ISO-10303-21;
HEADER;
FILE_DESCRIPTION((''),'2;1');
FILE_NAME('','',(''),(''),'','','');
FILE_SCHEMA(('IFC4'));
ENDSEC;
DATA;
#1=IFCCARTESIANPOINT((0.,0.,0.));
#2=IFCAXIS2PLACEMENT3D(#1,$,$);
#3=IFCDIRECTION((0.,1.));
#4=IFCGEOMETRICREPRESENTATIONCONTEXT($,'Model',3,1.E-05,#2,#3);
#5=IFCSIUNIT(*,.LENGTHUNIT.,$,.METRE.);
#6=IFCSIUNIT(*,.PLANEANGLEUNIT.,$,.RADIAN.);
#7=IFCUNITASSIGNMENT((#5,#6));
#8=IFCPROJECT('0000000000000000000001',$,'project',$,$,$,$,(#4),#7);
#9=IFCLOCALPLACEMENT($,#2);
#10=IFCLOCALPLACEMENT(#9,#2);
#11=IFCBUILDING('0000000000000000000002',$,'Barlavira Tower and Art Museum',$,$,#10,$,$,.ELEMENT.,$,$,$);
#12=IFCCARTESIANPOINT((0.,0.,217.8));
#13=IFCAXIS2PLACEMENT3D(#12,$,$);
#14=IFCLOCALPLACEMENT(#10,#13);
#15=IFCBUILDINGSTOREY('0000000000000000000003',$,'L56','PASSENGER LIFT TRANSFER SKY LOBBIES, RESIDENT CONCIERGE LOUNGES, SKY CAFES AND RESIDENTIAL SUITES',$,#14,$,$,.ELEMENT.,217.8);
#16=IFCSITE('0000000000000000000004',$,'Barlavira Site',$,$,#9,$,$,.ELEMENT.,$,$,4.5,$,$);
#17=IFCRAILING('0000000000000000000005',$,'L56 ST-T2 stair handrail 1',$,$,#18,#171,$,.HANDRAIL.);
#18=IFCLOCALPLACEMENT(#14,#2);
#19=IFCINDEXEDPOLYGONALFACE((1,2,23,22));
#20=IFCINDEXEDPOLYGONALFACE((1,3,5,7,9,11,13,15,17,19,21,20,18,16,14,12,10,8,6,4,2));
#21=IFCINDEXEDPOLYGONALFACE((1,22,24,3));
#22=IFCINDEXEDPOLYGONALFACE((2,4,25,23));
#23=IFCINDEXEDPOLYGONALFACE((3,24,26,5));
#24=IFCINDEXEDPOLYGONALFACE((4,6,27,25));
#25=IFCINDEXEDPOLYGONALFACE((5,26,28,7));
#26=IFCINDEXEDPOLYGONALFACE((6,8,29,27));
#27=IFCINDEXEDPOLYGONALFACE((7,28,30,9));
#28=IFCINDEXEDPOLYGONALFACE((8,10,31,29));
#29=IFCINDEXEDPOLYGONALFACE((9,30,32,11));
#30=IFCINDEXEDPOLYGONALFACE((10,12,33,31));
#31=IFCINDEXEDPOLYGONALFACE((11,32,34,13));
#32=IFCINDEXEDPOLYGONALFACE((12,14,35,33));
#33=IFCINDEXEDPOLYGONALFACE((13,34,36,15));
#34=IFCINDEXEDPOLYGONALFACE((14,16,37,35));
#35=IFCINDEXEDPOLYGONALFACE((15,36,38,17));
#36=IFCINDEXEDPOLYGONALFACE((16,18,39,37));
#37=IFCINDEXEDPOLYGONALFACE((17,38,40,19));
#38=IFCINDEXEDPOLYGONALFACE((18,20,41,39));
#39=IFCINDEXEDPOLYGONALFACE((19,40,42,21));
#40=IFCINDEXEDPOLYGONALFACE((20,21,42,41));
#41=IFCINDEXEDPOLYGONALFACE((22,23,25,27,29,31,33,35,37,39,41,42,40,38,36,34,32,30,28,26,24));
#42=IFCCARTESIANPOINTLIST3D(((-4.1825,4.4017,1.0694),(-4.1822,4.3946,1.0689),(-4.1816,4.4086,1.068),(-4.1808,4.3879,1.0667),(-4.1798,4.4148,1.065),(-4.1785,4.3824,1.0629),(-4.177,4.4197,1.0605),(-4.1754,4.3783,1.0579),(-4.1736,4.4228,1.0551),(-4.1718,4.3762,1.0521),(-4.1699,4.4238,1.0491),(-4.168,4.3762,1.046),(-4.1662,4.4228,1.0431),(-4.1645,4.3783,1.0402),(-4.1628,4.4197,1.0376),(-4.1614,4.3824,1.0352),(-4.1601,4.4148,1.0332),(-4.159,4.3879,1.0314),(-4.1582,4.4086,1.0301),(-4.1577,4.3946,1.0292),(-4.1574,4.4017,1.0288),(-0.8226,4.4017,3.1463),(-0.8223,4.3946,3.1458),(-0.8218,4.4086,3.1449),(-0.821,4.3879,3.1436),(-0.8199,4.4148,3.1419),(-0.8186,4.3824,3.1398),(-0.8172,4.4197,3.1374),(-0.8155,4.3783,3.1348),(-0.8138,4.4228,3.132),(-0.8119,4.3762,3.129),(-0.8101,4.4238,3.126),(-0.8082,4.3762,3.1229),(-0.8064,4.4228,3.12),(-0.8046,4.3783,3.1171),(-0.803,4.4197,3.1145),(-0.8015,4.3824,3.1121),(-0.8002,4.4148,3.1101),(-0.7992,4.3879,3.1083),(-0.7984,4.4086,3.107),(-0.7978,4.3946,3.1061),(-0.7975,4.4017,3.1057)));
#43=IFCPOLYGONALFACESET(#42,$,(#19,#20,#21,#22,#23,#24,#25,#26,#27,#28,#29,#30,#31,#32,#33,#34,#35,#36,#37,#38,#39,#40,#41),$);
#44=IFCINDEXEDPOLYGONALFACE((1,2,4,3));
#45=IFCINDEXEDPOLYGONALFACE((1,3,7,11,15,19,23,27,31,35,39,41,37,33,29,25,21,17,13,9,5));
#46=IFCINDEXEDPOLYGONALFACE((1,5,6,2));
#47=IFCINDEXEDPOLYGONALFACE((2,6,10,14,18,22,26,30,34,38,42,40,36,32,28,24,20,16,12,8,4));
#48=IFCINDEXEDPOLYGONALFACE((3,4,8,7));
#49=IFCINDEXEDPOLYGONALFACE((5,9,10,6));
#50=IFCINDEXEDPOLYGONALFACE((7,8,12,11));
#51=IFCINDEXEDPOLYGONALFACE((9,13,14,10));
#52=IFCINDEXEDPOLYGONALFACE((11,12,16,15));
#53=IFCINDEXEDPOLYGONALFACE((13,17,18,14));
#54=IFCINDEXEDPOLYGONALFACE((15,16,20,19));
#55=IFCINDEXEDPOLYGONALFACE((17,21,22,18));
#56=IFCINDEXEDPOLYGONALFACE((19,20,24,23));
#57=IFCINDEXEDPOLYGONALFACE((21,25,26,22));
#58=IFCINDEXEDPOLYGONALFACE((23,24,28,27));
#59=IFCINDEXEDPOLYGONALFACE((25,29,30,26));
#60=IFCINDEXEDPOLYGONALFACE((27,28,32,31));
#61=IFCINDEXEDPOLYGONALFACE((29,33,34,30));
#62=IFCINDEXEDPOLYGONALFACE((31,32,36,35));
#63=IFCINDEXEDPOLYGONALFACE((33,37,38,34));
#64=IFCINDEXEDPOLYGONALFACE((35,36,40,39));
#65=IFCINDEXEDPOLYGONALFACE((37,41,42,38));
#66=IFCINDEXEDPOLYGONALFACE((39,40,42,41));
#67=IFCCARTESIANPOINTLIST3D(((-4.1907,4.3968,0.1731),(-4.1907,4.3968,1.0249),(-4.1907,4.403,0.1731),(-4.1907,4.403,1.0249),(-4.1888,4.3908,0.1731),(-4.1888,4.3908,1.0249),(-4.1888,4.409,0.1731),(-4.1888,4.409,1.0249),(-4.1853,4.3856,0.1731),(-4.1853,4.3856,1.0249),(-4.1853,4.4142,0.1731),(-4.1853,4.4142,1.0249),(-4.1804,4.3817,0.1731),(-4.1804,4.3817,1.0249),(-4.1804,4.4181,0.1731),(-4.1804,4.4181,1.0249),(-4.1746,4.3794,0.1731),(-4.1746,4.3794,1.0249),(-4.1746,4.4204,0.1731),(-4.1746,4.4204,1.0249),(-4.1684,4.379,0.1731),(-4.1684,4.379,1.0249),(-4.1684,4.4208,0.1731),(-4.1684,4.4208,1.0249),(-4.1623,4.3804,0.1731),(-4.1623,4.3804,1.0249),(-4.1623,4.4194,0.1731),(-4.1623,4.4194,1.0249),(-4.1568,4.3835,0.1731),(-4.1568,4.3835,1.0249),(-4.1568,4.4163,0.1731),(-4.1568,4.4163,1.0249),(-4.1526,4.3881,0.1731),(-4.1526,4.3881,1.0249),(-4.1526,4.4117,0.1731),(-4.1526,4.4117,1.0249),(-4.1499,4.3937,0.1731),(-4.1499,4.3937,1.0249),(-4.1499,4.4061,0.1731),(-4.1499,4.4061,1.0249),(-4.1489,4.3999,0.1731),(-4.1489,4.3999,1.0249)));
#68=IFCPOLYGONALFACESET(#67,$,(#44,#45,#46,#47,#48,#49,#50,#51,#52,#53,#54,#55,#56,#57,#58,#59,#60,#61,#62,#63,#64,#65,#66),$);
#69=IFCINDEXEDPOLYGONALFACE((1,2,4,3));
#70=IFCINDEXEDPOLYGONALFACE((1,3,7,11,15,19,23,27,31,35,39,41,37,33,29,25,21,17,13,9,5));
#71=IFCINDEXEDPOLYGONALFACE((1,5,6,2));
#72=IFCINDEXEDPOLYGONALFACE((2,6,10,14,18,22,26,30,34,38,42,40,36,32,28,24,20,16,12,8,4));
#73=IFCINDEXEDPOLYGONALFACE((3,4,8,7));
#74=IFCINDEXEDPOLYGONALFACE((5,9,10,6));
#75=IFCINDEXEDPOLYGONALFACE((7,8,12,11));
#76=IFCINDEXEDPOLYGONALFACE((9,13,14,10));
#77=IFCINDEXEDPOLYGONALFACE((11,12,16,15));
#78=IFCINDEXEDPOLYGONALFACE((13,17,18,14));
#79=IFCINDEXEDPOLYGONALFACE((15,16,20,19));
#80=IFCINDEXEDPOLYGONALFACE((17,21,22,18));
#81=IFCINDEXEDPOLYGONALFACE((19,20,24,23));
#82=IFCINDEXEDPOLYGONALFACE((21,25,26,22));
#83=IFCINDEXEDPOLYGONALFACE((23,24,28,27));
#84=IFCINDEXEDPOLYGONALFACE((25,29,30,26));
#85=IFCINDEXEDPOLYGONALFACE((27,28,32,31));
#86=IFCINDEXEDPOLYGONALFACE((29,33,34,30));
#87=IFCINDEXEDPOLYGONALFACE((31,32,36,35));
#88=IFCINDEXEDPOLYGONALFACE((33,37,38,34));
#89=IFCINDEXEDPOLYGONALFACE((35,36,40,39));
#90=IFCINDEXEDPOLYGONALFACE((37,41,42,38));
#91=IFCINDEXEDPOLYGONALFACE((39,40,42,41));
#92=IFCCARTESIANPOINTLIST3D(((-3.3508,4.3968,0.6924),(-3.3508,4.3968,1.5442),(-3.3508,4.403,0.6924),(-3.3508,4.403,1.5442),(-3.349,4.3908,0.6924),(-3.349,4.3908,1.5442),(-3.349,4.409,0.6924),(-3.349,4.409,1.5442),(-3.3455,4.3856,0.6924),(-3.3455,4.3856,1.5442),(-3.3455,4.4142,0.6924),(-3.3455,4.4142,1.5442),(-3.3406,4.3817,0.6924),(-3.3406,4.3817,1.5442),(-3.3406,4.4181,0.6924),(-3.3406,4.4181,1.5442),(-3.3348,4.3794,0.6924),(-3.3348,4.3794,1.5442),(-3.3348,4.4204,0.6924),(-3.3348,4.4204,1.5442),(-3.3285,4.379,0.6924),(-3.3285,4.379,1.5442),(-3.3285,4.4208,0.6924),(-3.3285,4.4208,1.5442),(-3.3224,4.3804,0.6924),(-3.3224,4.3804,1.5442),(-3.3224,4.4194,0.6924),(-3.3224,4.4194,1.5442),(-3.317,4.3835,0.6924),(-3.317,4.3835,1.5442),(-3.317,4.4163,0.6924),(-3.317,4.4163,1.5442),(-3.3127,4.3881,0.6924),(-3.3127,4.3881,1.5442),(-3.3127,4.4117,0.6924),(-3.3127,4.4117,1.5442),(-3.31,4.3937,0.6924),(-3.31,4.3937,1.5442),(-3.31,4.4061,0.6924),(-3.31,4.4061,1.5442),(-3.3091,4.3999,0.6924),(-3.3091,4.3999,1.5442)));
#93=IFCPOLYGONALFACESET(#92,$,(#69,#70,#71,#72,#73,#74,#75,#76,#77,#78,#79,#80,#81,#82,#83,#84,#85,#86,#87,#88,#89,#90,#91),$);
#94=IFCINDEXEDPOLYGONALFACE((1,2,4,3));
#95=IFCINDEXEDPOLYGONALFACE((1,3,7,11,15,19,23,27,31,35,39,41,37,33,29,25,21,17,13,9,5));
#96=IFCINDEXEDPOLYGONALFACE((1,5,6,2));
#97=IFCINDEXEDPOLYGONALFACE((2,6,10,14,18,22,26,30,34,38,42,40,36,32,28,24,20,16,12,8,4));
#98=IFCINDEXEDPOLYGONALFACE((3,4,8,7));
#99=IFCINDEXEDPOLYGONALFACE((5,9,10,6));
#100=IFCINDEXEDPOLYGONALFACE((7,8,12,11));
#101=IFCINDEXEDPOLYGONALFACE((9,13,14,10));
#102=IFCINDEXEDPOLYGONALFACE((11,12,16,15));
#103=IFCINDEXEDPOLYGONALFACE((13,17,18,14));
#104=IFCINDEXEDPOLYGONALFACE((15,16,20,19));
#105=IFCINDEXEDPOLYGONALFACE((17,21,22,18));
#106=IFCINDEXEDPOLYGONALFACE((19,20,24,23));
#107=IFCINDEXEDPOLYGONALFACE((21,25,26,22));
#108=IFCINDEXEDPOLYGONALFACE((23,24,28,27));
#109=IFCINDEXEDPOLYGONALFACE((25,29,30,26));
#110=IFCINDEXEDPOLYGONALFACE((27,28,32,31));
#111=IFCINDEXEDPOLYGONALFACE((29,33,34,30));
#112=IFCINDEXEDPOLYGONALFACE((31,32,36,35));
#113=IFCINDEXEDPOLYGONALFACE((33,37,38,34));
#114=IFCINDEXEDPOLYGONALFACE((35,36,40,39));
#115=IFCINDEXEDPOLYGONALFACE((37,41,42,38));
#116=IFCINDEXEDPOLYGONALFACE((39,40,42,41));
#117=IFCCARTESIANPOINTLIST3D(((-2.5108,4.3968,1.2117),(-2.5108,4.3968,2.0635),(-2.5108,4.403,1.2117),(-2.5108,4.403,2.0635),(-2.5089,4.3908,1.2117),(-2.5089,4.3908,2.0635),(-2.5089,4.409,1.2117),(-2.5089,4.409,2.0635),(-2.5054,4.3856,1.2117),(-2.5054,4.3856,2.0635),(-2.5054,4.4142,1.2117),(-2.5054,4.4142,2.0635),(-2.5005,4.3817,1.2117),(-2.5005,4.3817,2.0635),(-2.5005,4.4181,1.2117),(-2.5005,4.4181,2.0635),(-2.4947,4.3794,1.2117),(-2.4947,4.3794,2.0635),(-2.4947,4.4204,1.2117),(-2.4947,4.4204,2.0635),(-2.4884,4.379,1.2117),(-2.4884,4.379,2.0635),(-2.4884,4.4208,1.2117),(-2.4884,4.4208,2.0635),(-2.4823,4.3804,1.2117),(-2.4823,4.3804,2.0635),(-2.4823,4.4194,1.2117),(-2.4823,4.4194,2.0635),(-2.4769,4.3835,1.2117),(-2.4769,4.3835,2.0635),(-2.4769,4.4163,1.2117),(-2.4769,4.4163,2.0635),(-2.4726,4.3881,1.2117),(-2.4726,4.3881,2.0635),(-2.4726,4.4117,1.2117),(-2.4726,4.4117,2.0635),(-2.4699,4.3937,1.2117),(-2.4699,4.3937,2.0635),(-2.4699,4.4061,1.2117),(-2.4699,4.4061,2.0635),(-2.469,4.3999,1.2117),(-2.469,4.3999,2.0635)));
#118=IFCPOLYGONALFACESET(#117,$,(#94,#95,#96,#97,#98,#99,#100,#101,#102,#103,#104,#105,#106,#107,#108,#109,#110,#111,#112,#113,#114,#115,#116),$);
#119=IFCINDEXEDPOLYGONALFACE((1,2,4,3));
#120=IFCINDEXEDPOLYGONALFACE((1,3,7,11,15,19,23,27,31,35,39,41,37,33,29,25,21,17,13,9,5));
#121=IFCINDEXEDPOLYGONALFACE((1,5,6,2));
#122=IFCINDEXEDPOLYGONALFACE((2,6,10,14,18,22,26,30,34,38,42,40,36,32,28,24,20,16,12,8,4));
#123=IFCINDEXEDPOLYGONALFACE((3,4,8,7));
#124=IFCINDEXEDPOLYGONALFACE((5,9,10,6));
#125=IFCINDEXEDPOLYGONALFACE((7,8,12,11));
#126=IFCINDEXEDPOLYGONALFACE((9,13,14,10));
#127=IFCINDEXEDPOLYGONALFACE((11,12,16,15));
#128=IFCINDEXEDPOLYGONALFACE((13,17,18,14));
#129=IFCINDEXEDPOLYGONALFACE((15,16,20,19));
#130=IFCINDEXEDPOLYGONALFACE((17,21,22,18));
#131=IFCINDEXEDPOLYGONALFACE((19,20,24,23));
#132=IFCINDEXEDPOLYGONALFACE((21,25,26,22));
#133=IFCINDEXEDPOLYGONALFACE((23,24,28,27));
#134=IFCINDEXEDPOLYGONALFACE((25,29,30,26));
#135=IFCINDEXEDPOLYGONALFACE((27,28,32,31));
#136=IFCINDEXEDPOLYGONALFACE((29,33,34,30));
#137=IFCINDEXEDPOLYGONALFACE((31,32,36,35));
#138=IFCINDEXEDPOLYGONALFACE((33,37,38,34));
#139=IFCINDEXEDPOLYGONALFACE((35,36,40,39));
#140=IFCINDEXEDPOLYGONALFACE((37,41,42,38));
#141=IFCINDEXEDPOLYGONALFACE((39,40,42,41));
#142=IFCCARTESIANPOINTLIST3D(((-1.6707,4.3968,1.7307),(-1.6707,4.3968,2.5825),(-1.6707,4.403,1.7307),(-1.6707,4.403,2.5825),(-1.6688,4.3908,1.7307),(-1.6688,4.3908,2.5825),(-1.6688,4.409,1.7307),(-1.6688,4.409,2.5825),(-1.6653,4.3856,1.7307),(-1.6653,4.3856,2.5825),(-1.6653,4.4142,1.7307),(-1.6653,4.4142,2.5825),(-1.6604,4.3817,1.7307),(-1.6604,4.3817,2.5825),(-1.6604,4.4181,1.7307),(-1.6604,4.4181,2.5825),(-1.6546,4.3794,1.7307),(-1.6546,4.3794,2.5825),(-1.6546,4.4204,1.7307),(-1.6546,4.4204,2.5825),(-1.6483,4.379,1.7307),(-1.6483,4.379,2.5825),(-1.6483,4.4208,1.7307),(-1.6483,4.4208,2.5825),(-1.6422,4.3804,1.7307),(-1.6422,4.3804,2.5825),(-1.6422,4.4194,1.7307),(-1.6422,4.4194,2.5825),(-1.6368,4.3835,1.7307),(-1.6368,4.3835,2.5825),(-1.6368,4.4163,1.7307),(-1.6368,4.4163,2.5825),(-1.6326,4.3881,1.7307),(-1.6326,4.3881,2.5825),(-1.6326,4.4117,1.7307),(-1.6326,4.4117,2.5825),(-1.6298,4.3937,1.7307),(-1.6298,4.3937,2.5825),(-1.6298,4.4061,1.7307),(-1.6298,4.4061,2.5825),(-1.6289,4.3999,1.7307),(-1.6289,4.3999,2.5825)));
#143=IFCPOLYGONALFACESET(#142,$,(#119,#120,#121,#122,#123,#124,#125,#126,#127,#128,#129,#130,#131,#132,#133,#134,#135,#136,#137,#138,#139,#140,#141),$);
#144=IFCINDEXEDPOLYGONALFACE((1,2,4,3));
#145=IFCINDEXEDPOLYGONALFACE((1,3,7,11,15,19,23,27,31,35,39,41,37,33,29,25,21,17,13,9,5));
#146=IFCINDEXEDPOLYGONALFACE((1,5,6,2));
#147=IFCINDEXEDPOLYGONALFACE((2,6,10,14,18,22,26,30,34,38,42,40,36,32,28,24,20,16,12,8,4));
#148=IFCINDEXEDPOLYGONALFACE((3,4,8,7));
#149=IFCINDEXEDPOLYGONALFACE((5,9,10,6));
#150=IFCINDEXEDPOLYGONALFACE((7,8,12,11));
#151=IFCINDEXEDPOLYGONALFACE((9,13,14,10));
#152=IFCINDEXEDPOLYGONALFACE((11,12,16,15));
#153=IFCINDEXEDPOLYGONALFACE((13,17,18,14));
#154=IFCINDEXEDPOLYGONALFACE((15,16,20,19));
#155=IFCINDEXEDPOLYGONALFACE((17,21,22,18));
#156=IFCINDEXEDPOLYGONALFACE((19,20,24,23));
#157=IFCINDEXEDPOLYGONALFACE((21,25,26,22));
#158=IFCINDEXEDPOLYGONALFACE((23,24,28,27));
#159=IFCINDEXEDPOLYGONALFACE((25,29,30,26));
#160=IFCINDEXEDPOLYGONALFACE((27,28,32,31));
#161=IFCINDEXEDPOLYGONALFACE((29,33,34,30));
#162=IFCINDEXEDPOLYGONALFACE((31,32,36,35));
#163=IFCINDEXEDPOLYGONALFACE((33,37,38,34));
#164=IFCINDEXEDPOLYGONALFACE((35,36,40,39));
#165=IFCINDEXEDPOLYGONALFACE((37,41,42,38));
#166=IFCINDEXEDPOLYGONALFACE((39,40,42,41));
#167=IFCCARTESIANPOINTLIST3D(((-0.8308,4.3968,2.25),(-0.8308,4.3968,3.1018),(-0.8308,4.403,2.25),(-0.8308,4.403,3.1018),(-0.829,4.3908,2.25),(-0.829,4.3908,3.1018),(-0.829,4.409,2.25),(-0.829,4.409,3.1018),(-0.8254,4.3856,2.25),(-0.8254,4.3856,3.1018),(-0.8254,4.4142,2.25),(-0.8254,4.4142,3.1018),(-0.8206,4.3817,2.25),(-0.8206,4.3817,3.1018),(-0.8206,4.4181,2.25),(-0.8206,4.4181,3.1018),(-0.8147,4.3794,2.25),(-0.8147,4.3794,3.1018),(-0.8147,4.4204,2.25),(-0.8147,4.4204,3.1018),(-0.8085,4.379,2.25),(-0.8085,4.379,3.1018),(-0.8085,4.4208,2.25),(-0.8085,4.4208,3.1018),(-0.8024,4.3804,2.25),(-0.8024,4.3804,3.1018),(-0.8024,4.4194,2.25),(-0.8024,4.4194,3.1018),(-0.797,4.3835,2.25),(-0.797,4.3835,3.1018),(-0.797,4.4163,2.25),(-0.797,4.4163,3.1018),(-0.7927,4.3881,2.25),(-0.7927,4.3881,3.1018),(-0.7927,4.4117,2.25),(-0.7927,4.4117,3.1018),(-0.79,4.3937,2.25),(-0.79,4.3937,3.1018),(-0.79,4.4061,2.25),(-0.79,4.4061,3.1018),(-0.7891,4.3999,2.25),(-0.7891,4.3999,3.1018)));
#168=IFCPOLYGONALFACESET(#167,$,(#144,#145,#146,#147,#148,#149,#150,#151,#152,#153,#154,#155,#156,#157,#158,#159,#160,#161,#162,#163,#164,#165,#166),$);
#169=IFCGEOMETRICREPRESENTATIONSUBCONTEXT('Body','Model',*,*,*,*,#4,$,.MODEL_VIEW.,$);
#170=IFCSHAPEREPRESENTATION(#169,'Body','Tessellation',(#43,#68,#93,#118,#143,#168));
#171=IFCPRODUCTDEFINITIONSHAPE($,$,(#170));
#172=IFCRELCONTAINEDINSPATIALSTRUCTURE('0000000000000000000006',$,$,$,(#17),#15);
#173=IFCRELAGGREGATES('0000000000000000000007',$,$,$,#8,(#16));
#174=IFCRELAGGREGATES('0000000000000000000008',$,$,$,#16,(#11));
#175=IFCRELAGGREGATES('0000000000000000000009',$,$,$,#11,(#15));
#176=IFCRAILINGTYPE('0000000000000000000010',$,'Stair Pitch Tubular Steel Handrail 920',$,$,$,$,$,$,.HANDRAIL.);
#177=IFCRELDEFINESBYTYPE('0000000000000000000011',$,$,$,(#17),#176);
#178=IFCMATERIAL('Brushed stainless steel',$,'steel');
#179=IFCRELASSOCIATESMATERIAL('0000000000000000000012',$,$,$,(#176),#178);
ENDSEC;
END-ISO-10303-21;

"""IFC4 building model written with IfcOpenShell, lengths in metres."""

from ifc_helpers import new_model, si_unit, direction, frame, origin, origin_2d, place, context, subcontext, project, spatial, circle, extrude, material, type_object, element, save


model = new_model("IFC4")

# Units and contexts
model_context = context("Model", 3, precision=1e-05, world=origin(), true_north=direction((0.0, 1.0)))
body_context = subcontext(model_context, "Body", "Model", "MODEL_VIEW")
ifc_project = project(units=[si_unit("LENGTHUNIT", "METRE"), si_unit("PLANEANGLEUNIT", "RADIAN")], contexts=[model_context])

# Site, building, storey
site_placement = place(None, origin())
site = spatial("IfcSite", under=ifc_project, at=site_placement, Name="Barlavira Site", CompositionType="ELEMENT", RefElevation=4.5)
building_placement = place(site_placement, origin())
building = spatial("IfcBuilding", under=site, at=building_placement, Name="Barlavira Tower and Art Museum", CompositionType="ELEMENT")
storey_placement = place(building_placement, frame((0.0, 0.0, 217.8)))
storey = spatial("IfcBuildingStorey", under=building, at=storey_placement, Name="L56", Description="PASSENGER LIFT TRANSFER SKY LOBBIES, RESIDENT CONCIERGE LOUNGES, SKY CAFES AND RESIDENTIAL SUITES", CompositionType="ELEMENT", Elevation=217.8)

# Shared definitions
ifc_material_1 = material(Name="Brushed stainless steel", Category="steel")

# Railing
railing_type_1 = type_object("IfcRailingType", Name="Stair Pitch Tubular Steel Handrail 920", PredefinedType="HANDRAIL", material=ifc_material_1)
railing_1_placement = place(storey_placement, frame((-4.1699, 4.3999, 0.1731)))
element("IfcRailing", 1, at=railing_1_placement, inside=storey, type_object=railing_type_1, Name="L56 ST-T2 stair handrail 1", PredefinedType="HANDRAIL", context=body_context, shape_type="SweptSolid", body=[
    extrude(circle(Radius=0.0239, at=origin_2d()), frame((0.0, 0.0, 0.876), z_axis=(0.850606, 0.0, 0.525803), x_axis=(0.0, 1.0, 0.0)), (0.0, 0.0, 1.0), 3.95),
    extrude(circle(Radius=0.021, at=origin_2d()), origin(), (0.0, 0.0, 1.0), 0.8518),
    extrude(circle(Radius=0.021, at=origin_2d()), frame((0.8398, 0.0, 0.5193)), (0.0, 0.0, 1.0), 0.8518),
    extrude(circle(Radius=0.021, at=origin_2d()), frame((1.6799, 0.0, 1.0386)), (0.0, 0.0, 1.0), 0.8518),
    extrude(circle(Radius=0.021, at=origin_2d()), frame((2.52, 0.0, 1.5576)), (0.0, 0.0, 1.0), 0.8518),
    extrude(circle(Radius=0.021, at=origin_2d()), frame((3.3599, 0.0, 2.0769)), (0.0, 0.0, 1.0), 0.8518),
])

save(model, "model.ifc")
